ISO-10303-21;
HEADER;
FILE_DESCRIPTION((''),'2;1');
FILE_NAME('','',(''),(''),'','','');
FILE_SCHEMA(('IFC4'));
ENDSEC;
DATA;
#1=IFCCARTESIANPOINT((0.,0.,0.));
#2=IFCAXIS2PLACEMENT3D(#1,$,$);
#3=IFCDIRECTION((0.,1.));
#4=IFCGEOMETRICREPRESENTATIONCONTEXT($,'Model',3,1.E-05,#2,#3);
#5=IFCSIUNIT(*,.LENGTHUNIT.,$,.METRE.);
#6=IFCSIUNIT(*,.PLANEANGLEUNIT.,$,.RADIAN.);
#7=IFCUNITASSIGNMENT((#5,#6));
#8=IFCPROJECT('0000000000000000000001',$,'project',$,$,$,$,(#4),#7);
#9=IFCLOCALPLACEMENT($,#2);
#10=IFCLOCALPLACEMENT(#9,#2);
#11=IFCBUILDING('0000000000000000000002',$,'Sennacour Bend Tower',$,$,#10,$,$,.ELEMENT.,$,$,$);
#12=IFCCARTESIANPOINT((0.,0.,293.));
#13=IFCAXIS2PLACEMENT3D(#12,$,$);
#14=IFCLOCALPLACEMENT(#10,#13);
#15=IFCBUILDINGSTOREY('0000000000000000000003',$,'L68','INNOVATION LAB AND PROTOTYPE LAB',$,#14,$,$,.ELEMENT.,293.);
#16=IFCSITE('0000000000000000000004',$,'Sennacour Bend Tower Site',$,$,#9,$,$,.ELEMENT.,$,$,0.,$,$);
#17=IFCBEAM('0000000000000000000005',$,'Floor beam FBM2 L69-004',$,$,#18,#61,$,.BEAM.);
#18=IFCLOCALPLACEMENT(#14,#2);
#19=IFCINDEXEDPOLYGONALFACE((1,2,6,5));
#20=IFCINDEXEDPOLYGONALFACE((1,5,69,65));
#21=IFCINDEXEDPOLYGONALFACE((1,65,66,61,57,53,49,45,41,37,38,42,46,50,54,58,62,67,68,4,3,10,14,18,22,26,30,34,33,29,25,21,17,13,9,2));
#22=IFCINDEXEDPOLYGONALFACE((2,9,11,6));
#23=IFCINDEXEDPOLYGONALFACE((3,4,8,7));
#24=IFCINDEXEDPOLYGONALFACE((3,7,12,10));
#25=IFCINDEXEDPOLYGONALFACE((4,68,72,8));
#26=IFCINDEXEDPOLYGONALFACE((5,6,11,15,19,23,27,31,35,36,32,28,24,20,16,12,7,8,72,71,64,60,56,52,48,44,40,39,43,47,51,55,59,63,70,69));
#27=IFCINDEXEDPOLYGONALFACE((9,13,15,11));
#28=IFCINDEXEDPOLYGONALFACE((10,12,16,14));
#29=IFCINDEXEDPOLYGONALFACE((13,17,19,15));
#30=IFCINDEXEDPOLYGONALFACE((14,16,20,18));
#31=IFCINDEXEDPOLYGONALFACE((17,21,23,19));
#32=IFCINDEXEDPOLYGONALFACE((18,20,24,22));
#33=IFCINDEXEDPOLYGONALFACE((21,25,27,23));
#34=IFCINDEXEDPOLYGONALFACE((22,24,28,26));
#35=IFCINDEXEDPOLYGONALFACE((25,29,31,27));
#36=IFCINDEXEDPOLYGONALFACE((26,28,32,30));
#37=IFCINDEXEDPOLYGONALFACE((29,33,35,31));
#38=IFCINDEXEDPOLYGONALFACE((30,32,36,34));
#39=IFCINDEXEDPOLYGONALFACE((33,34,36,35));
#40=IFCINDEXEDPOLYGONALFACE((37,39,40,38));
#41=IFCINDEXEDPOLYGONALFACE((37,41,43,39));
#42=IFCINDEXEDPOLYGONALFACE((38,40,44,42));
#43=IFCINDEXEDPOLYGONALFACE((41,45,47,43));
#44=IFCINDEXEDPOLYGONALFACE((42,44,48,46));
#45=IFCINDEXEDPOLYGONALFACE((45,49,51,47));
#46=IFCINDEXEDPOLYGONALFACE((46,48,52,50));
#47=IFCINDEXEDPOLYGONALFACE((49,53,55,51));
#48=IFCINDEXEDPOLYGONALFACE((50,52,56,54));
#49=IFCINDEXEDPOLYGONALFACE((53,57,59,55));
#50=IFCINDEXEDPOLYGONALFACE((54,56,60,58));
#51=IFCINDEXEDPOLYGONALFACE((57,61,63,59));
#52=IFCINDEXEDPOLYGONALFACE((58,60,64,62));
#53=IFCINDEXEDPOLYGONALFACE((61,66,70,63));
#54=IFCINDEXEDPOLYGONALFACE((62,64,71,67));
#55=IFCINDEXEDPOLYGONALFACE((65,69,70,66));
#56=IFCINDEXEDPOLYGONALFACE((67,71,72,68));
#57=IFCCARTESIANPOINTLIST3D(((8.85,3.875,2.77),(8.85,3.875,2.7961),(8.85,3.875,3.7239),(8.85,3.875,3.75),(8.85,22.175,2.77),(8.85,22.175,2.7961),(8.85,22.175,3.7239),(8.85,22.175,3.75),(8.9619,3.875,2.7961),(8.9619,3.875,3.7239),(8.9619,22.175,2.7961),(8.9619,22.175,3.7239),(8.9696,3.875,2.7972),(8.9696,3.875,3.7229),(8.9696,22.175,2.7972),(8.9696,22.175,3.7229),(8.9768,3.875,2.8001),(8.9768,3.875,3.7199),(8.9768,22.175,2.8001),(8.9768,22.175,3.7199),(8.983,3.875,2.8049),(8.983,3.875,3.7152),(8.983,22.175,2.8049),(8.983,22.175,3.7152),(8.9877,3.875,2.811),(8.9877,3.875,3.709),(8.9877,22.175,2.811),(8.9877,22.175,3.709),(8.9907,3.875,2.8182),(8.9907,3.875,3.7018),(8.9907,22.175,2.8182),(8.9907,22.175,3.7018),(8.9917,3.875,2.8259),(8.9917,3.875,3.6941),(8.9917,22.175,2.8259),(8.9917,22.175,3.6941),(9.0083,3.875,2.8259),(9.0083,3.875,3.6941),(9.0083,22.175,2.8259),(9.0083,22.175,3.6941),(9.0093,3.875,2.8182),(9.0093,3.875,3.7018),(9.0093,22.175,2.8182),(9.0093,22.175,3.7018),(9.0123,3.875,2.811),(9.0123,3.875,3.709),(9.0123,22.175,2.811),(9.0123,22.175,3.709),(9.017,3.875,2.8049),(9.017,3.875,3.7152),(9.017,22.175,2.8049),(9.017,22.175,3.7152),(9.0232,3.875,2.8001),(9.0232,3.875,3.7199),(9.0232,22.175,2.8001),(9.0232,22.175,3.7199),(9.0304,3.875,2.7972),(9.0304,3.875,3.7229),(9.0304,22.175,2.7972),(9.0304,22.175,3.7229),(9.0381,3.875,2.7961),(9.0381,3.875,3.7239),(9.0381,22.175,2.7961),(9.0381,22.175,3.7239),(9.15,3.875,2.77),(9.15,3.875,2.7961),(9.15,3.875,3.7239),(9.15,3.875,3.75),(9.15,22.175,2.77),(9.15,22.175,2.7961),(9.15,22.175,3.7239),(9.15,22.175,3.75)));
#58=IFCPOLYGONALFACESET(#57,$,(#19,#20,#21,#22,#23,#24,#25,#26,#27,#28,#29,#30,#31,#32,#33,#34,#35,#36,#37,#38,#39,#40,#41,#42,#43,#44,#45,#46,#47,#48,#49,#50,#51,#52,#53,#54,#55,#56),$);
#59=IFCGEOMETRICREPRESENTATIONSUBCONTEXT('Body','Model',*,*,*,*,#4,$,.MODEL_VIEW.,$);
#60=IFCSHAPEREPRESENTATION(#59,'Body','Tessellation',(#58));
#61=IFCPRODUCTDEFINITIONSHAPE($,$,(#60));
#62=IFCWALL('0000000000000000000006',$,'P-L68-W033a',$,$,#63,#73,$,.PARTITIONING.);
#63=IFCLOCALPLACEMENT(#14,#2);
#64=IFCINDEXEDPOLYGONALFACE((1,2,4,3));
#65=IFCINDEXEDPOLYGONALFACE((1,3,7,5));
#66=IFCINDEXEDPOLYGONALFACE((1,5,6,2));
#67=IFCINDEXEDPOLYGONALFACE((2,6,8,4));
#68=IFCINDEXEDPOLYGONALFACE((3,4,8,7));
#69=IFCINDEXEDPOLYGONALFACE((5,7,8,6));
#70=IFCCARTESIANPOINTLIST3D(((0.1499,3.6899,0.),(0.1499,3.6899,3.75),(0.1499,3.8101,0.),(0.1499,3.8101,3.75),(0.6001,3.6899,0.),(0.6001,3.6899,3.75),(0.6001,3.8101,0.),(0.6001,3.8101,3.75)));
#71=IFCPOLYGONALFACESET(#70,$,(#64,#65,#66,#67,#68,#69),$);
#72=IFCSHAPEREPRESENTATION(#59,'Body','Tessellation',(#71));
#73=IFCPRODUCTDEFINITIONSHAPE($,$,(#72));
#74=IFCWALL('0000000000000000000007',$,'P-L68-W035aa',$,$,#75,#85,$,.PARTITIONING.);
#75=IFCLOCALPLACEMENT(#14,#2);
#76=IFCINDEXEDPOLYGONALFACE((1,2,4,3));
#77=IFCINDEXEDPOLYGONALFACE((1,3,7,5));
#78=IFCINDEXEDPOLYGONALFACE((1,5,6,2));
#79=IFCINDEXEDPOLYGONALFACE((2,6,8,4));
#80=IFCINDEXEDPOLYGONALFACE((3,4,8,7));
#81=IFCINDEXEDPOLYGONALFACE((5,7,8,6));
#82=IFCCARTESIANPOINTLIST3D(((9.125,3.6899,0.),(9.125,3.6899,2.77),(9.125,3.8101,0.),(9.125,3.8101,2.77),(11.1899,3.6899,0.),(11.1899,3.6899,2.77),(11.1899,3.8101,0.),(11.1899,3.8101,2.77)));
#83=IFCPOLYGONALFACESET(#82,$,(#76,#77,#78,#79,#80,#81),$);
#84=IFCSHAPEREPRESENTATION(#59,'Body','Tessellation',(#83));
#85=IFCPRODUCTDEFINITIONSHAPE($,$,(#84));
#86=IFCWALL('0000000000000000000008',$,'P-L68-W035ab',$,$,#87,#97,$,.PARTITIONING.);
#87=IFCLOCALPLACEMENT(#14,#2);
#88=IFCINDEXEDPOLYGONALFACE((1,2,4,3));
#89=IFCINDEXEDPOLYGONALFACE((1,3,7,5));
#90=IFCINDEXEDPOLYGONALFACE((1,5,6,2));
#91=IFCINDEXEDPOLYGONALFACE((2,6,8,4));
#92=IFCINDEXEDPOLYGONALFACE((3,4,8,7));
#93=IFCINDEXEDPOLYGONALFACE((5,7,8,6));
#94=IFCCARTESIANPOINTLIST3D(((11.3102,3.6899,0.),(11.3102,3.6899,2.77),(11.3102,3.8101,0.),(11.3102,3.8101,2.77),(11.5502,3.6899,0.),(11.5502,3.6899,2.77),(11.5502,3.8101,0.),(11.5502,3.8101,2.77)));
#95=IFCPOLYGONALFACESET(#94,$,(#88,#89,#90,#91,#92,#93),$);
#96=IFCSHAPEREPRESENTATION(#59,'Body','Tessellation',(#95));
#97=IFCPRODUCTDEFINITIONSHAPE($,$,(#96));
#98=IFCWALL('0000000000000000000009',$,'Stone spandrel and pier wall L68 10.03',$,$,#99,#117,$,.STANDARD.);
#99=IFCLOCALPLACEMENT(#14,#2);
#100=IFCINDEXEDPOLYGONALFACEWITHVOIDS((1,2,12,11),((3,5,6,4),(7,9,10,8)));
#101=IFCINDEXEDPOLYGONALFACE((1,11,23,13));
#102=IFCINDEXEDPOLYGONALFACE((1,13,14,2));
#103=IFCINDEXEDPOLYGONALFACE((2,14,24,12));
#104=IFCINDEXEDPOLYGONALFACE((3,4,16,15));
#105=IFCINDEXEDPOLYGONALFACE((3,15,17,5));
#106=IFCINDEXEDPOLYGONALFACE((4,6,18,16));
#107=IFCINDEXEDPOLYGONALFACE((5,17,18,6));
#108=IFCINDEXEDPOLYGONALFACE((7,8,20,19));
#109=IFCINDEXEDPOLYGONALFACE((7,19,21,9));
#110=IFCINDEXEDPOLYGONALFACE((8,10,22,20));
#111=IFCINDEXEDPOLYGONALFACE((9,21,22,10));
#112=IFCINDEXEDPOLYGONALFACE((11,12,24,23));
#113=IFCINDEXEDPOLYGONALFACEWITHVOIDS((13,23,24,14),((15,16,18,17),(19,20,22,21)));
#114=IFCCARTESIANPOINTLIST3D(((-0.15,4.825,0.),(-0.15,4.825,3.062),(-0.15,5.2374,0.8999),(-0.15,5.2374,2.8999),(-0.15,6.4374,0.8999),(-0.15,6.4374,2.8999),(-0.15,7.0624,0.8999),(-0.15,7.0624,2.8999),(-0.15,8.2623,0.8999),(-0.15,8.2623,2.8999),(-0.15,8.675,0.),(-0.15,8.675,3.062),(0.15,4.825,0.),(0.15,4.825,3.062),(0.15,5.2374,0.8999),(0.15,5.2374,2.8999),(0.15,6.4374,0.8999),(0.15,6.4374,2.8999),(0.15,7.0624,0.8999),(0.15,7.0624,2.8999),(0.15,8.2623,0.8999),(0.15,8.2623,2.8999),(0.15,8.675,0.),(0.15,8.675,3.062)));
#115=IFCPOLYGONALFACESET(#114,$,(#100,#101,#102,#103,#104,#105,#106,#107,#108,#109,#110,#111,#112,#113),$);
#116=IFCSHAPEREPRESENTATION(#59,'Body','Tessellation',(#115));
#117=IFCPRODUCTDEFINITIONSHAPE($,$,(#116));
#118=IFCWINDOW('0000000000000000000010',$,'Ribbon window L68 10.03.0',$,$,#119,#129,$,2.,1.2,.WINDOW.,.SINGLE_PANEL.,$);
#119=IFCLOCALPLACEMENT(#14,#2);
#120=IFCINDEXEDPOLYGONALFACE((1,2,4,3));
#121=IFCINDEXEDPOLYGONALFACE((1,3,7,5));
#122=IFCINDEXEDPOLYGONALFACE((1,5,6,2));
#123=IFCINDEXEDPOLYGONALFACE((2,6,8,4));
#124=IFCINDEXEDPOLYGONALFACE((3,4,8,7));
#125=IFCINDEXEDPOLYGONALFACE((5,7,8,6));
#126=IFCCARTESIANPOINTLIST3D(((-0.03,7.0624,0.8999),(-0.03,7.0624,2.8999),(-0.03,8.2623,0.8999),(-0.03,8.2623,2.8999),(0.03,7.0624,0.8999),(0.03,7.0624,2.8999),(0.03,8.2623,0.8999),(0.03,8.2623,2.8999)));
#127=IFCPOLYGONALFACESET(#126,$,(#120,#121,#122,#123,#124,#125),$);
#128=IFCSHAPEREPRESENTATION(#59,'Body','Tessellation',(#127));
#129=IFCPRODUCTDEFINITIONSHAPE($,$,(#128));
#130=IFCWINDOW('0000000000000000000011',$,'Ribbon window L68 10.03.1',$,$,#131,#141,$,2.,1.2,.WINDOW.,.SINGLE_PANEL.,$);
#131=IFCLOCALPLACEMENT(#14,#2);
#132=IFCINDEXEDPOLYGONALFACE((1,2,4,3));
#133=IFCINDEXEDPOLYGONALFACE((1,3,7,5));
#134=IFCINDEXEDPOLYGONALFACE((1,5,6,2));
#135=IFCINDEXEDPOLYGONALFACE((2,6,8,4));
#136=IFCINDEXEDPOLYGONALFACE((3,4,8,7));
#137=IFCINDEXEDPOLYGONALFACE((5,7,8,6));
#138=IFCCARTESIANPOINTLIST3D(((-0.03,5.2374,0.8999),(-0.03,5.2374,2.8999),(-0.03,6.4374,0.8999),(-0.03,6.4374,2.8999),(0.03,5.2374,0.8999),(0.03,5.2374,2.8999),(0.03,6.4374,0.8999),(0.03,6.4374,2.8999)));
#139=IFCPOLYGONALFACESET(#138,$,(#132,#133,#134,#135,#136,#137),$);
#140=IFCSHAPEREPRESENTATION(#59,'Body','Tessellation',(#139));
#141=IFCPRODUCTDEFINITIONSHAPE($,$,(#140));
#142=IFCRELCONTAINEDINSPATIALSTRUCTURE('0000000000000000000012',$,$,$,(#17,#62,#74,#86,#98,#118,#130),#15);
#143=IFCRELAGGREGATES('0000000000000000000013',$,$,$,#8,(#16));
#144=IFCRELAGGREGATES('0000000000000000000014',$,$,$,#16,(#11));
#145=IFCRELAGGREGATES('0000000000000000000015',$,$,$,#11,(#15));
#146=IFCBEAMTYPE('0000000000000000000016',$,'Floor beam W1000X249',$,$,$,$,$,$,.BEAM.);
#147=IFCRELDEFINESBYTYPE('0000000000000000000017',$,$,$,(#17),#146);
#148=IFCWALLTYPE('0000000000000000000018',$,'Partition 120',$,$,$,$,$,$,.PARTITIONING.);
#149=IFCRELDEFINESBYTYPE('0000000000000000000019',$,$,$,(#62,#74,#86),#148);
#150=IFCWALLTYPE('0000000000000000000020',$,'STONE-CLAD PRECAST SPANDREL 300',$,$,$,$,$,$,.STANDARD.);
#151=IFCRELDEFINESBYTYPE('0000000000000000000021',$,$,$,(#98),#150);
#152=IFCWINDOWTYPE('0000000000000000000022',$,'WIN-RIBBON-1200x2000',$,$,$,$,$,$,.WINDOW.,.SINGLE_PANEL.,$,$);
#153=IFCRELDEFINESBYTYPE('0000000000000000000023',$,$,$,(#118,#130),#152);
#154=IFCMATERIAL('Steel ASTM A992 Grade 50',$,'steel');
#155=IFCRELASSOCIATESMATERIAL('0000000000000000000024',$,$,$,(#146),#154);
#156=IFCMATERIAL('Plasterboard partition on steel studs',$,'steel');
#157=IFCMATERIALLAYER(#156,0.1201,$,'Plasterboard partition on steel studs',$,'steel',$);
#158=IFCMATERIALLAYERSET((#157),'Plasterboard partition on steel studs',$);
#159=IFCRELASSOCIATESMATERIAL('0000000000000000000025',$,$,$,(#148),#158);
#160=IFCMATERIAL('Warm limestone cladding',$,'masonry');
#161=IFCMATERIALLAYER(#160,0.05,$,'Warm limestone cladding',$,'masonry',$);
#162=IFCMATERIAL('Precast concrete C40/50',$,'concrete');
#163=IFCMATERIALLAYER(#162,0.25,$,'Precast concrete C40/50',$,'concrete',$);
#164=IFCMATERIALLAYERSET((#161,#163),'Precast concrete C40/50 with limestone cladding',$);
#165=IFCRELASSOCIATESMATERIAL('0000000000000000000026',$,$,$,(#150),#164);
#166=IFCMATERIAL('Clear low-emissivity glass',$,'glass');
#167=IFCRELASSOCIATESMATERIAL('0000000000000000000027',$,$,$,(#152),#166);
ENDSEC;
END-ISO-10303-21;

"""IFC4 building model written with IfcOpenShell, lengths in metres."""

from ifc_helpers import new_model, si_unit, direction, frame, frame_2d, origin, origin_2d, place, context, subcontext, project, spatial, rectangle, i_section, extrude, material, layer, layer_set, material_profile, profile_set, type_object, element, fill, save


model = new_model("IFC4")

# Units and contexts
model_context = context("Model", 3, precision=1e-05, world=origin(), true_north=direction((0.0, 1.0)))
body_context = subcontext(model_context, "Body", "Model", "MODEL_VIEW")
ifc_project = project(units=[si_unit("LENGTHUNIT", "METRE"), si_unit("PLANEANGLEUNIT", "RADIAN")], contexts=[model_context])

# Site, building, storey
site_placement = place(None, origin())
site = spatial("IfcSite", under=ifc_project, at=site_placement, Name="Sennacour Bend Tower Site", CompositionType="ELEMENT", RefElevation=0.0)
building_placement = place(site_placement, origin())
building = spatial("IfcBuilding", under=site, at=building_placement, Name="Sennacour Bend Tower", CompositionType="ELEMENT")
storey_placement = place(building_placement, frame((0.0, 0.0, 293.0)))
storey = spatial("IfcBuildingStorey", under=building, at=storey_placement, Name="L68", Description="INNOVATION LAB AND PROTOTYPE LAB", CompositionType="ELEMENT", Elevation=293.0)

# Beam
ifc_material_1 = material(Name="Steel ASTM A992 Grade 50", Category="steel")
ifc_material_profile_1 = material_profile(ifc_material_1, i_section(OverallWidth=0.3, OverallDepth=0.98, WebThickness=0.0166, FlangeThickness=0.0261, FilletRadius=0.0298, at=origin_2d()), Name="Steel ASTM A992 Grade 50", Category="steel")
ifc_profile_set_1 = profile_set([ifc_material_profile_1], Name="Steel ASTM A992 Grade 50")
beam_type = type_object("IfcBeamType", Name="Floor beam W1000X249", PredefinedType="BEAM", material=ifc_profile_set_1)
beam_1_placement = place(storey_placement, frame((9.0, 3.875, 3.26), z_axis=(0.0, 1.0, 0.0), x_axis=(-1.0, 0.0, 0.0)))
element("IfcBeam", 1, at=beam_1_placement, inside=storey, type_object=beam_type, Name="Floor beam FBM2 L69-004", PredefinedType="BEAM", context=body_context, shape_type="SweptSolid", body=[
    extrude(i_section(OverallWidth=0.3, OverallDepth=0.98, WebThickness=0.0166, FlangeThickness=0.0261, FilletRadius=0.0298, at=origin_2d()), origin(), (0.0, 0.0, 1.0), 18.3),
])

# Walls
ifc_material_2 = material(Name="Plasterboard partition on steel studs", Category="steel")
ifc_layer_1 = layer(ifc_material_2, 0.1201, Name="Plasterboard partition on steel studs", Category="steel")
ifc_layer_set_1 = layer_set([ifc_layer_1], Name="Plasterboard partition on steel studs")
wall_type_1 = type_object("IfcWallType", Name="Partition 120", PredefinedType="PARTITIONING", material=ifc_layer_set_1)
wall_1_placement = place(storey_placement, frame((0.1499, 3.75, 0.0), z_axis=(0.0, 0.0, 1.0), x_axis=(1.0, 0.0, 0.0)))
element("IfcWall", 2, at=wall_1_placement, inside=storey, type_object=wall_type_1, Name="P-L68-W033a", PredefinedType="PARTITIONING", context=body_context, shape_type="SweptSolid", body=[
    extrude(rectangle(XDim=0.4502, YDim=0.1201, at=frame_2d((0.2251, 0.0))), origin(), (0.0, 0.0, 1.0), 3.75),
])
wall_2_placement = place(storey_placement, frame((9.125, 3.75, 0.0), z_axis=(0.0, 0.0, 1.0), x_axis=(1.0, 0.0, 0.0)))
element("IfcWall", 3, at=wall_2_placement, inside=storey, type_object=wall_type_1, Name="P-L68-W035aa", PredefinedType="PARTITIONING", context=body_context, shape_type="SweptSolid", body=[
    extrude(rectangle(XDim=2.0649, YDim=0.1201, at=frame_2d((1.0325, 0.0))), origin(), (0.0, 0.0, 1.0), 2.77),
])
wall_3_placement = place(storey_placement, frame((11.3101, 3.75, 0.0), z_axis=(0.0, 0.0, 1.0), x_axis=(1.0, 0.0, 0.0)))
element("IfcWall", 4, at=wall_3_placement, inside=storey, type_object=wall_type_1, Name="P-L68-W035ab", PredefinedType="PARTITIONING", context=body_context, shape_type="SweptSolid", body=[
    extrude(rectangle(XDim=0.24, YDim=0.1201, at=frame_2d((0.1201, 0.0))), origin(), (0.0, 0.0, 1.0), 2.77),
])

# Wall, openings, windows
ifc_material_3 = material(Name="Warm limestone cladding", Category="masonry")
ifc_layer_2 = layer(ifc_material_3, 0.05, Name="Warm limestone cladding", Category="masonry")
ifc_material_4 = material(Name="Precast concrete C40/50", Category="concrete")
ifc_layer_3 = layer(ifc_material_4, 0.25, Name="Precast concrete C40/50", Category="concrete")
ifc_layer_set_2 = layer_set([ifc_layer_2, ifc_layer_3], Name="Precast concrete C40/50 with limestone cladding")
wall_type_2 = type_object("IfcWallType", Name="STONE-CLAD PRECAST SPANDREL 300", PredefinedType="STANDARD", material=ifc_layer_set_2)
wall_4_placement = place(storey_placement, frame((0.0, 8.675, 0.0), z_axis=(0.0, 0.0, 1.0), x_axis=(0.0, -1.0, 0.0)))
wall_4 = element("IfcWall", 5, at=wall_4_placement, inside=storey, type_object=wall_type_2, Name="Stone spandrel and pier wall L68 10.03", PredefinedType="STANDARD", context=body_context, shape_type="SweptSolid", body=[
    extrude(rectangle(XDim=3.8501, YDim=0.3, at=frame_2d((1.925, 0.0))), origin(), (0.0, 0.0, 1.0), 3.062),
])
opening_1_placement = place(wall_4_placement, frame((0.4126, 0.0, 0.8999)))
opening_1 = element("IfcOpeningElement", 6, at=opening_1_placement, cuts=wall_4, PredefinedType="OPENING", context=body_context, shape_type="SweptSolid", body=[
    extrude(rectangle(XDim=1.2, YDim=2.0, at=frame_2d((0.6001, 1.0))), frame((0.0, 0.1602, 0.0), z_axis=(0.0, -1.0, 0.0), x_axis=(1.0, 0.0, 0.0)), (0.0, 0.0, 1.0), 0.3201),
])
opening_2_placement = place(wall_4_placement, frame((2.2375, 0.0, 0.8999)))
opening_2 = element("IfcOpeningElement", 7, at=opening_2_placement, cuts=wall_4, PredefinedType="OPENING", context=body_context, shape_type="SweptSolid", body=[
    extrude(rectangle(XDim=1.2, YDim=2.0, at=frame_2d((0.6001, 1.0))), frame((0.0, 0.1602, 0.0), z_axis=(0.0, -1.0, 0.0), x_axis=(1.0, 0.0, 0.0)), (0.0, 0.0, 1.0), 0.3201),
])
ifc_material_5 = material(Name="Clear low-emissivity glass", Category="glass")
window_type = type_object("IfcWindowType", Name="WIN-RIBBON-1200x2000", PartitioningType="SINGLE_PANEL", PredefinedType="WINDOW", material=ifc_material_5)
window_1_placement = place(opening_1_placement, origin())
window_1 = element("IfcWindow", 8, at=window_1_placement, inside=storey, type_object=window_type, Name="Ribbon window L68 10.03.0", OverallHeight=2.0, OverallWidth=1.2, PartitioningType="SINGLE_PANEL", PredefinedType="WINDOW", context=body_context, shape_type="SweptSolid", body=[
    extrude(rectangle(XDim=1.2, YDim=2.0, at=frame_2d((0.6001, 1.0))), frame((0.0, 0.03, 0.0), z_axis=(0.0, -1.0, 0.0), x_axis=(1.0, 0.0, 0.0)), (0.0, 0.0, 1.0), 0.0601),
])
fill(opening_1, window_1)
window_2_placement = place(opening_2_placement, origin())
window_2 = element("IfcWindow", 9, at=window_2_placement, inside=storey, type_object=window_type, Name="Ribbon window L68 10.03.1", OverallHeight=2.0, OverallWidth=1.2, PartitioningType="SINGLE_PANEL", PredefinedType="WINDOW", context=body_context, shape_type="SweptSolid", body=[
    extrude(rectangle(XDim=1.2, YDim=2.0, at=frame_2d((0.6001, 1.0))), frame((0.0, 0.03, 0.0), z_axis=(0.0, -1.0, 0.0), x_axis=(1.0, 0.0, 0.0)), (0.0, 0.0, 1.0), 0.0601),
])
fill(opening_2, window_2)

save(model, "model.ifc")
